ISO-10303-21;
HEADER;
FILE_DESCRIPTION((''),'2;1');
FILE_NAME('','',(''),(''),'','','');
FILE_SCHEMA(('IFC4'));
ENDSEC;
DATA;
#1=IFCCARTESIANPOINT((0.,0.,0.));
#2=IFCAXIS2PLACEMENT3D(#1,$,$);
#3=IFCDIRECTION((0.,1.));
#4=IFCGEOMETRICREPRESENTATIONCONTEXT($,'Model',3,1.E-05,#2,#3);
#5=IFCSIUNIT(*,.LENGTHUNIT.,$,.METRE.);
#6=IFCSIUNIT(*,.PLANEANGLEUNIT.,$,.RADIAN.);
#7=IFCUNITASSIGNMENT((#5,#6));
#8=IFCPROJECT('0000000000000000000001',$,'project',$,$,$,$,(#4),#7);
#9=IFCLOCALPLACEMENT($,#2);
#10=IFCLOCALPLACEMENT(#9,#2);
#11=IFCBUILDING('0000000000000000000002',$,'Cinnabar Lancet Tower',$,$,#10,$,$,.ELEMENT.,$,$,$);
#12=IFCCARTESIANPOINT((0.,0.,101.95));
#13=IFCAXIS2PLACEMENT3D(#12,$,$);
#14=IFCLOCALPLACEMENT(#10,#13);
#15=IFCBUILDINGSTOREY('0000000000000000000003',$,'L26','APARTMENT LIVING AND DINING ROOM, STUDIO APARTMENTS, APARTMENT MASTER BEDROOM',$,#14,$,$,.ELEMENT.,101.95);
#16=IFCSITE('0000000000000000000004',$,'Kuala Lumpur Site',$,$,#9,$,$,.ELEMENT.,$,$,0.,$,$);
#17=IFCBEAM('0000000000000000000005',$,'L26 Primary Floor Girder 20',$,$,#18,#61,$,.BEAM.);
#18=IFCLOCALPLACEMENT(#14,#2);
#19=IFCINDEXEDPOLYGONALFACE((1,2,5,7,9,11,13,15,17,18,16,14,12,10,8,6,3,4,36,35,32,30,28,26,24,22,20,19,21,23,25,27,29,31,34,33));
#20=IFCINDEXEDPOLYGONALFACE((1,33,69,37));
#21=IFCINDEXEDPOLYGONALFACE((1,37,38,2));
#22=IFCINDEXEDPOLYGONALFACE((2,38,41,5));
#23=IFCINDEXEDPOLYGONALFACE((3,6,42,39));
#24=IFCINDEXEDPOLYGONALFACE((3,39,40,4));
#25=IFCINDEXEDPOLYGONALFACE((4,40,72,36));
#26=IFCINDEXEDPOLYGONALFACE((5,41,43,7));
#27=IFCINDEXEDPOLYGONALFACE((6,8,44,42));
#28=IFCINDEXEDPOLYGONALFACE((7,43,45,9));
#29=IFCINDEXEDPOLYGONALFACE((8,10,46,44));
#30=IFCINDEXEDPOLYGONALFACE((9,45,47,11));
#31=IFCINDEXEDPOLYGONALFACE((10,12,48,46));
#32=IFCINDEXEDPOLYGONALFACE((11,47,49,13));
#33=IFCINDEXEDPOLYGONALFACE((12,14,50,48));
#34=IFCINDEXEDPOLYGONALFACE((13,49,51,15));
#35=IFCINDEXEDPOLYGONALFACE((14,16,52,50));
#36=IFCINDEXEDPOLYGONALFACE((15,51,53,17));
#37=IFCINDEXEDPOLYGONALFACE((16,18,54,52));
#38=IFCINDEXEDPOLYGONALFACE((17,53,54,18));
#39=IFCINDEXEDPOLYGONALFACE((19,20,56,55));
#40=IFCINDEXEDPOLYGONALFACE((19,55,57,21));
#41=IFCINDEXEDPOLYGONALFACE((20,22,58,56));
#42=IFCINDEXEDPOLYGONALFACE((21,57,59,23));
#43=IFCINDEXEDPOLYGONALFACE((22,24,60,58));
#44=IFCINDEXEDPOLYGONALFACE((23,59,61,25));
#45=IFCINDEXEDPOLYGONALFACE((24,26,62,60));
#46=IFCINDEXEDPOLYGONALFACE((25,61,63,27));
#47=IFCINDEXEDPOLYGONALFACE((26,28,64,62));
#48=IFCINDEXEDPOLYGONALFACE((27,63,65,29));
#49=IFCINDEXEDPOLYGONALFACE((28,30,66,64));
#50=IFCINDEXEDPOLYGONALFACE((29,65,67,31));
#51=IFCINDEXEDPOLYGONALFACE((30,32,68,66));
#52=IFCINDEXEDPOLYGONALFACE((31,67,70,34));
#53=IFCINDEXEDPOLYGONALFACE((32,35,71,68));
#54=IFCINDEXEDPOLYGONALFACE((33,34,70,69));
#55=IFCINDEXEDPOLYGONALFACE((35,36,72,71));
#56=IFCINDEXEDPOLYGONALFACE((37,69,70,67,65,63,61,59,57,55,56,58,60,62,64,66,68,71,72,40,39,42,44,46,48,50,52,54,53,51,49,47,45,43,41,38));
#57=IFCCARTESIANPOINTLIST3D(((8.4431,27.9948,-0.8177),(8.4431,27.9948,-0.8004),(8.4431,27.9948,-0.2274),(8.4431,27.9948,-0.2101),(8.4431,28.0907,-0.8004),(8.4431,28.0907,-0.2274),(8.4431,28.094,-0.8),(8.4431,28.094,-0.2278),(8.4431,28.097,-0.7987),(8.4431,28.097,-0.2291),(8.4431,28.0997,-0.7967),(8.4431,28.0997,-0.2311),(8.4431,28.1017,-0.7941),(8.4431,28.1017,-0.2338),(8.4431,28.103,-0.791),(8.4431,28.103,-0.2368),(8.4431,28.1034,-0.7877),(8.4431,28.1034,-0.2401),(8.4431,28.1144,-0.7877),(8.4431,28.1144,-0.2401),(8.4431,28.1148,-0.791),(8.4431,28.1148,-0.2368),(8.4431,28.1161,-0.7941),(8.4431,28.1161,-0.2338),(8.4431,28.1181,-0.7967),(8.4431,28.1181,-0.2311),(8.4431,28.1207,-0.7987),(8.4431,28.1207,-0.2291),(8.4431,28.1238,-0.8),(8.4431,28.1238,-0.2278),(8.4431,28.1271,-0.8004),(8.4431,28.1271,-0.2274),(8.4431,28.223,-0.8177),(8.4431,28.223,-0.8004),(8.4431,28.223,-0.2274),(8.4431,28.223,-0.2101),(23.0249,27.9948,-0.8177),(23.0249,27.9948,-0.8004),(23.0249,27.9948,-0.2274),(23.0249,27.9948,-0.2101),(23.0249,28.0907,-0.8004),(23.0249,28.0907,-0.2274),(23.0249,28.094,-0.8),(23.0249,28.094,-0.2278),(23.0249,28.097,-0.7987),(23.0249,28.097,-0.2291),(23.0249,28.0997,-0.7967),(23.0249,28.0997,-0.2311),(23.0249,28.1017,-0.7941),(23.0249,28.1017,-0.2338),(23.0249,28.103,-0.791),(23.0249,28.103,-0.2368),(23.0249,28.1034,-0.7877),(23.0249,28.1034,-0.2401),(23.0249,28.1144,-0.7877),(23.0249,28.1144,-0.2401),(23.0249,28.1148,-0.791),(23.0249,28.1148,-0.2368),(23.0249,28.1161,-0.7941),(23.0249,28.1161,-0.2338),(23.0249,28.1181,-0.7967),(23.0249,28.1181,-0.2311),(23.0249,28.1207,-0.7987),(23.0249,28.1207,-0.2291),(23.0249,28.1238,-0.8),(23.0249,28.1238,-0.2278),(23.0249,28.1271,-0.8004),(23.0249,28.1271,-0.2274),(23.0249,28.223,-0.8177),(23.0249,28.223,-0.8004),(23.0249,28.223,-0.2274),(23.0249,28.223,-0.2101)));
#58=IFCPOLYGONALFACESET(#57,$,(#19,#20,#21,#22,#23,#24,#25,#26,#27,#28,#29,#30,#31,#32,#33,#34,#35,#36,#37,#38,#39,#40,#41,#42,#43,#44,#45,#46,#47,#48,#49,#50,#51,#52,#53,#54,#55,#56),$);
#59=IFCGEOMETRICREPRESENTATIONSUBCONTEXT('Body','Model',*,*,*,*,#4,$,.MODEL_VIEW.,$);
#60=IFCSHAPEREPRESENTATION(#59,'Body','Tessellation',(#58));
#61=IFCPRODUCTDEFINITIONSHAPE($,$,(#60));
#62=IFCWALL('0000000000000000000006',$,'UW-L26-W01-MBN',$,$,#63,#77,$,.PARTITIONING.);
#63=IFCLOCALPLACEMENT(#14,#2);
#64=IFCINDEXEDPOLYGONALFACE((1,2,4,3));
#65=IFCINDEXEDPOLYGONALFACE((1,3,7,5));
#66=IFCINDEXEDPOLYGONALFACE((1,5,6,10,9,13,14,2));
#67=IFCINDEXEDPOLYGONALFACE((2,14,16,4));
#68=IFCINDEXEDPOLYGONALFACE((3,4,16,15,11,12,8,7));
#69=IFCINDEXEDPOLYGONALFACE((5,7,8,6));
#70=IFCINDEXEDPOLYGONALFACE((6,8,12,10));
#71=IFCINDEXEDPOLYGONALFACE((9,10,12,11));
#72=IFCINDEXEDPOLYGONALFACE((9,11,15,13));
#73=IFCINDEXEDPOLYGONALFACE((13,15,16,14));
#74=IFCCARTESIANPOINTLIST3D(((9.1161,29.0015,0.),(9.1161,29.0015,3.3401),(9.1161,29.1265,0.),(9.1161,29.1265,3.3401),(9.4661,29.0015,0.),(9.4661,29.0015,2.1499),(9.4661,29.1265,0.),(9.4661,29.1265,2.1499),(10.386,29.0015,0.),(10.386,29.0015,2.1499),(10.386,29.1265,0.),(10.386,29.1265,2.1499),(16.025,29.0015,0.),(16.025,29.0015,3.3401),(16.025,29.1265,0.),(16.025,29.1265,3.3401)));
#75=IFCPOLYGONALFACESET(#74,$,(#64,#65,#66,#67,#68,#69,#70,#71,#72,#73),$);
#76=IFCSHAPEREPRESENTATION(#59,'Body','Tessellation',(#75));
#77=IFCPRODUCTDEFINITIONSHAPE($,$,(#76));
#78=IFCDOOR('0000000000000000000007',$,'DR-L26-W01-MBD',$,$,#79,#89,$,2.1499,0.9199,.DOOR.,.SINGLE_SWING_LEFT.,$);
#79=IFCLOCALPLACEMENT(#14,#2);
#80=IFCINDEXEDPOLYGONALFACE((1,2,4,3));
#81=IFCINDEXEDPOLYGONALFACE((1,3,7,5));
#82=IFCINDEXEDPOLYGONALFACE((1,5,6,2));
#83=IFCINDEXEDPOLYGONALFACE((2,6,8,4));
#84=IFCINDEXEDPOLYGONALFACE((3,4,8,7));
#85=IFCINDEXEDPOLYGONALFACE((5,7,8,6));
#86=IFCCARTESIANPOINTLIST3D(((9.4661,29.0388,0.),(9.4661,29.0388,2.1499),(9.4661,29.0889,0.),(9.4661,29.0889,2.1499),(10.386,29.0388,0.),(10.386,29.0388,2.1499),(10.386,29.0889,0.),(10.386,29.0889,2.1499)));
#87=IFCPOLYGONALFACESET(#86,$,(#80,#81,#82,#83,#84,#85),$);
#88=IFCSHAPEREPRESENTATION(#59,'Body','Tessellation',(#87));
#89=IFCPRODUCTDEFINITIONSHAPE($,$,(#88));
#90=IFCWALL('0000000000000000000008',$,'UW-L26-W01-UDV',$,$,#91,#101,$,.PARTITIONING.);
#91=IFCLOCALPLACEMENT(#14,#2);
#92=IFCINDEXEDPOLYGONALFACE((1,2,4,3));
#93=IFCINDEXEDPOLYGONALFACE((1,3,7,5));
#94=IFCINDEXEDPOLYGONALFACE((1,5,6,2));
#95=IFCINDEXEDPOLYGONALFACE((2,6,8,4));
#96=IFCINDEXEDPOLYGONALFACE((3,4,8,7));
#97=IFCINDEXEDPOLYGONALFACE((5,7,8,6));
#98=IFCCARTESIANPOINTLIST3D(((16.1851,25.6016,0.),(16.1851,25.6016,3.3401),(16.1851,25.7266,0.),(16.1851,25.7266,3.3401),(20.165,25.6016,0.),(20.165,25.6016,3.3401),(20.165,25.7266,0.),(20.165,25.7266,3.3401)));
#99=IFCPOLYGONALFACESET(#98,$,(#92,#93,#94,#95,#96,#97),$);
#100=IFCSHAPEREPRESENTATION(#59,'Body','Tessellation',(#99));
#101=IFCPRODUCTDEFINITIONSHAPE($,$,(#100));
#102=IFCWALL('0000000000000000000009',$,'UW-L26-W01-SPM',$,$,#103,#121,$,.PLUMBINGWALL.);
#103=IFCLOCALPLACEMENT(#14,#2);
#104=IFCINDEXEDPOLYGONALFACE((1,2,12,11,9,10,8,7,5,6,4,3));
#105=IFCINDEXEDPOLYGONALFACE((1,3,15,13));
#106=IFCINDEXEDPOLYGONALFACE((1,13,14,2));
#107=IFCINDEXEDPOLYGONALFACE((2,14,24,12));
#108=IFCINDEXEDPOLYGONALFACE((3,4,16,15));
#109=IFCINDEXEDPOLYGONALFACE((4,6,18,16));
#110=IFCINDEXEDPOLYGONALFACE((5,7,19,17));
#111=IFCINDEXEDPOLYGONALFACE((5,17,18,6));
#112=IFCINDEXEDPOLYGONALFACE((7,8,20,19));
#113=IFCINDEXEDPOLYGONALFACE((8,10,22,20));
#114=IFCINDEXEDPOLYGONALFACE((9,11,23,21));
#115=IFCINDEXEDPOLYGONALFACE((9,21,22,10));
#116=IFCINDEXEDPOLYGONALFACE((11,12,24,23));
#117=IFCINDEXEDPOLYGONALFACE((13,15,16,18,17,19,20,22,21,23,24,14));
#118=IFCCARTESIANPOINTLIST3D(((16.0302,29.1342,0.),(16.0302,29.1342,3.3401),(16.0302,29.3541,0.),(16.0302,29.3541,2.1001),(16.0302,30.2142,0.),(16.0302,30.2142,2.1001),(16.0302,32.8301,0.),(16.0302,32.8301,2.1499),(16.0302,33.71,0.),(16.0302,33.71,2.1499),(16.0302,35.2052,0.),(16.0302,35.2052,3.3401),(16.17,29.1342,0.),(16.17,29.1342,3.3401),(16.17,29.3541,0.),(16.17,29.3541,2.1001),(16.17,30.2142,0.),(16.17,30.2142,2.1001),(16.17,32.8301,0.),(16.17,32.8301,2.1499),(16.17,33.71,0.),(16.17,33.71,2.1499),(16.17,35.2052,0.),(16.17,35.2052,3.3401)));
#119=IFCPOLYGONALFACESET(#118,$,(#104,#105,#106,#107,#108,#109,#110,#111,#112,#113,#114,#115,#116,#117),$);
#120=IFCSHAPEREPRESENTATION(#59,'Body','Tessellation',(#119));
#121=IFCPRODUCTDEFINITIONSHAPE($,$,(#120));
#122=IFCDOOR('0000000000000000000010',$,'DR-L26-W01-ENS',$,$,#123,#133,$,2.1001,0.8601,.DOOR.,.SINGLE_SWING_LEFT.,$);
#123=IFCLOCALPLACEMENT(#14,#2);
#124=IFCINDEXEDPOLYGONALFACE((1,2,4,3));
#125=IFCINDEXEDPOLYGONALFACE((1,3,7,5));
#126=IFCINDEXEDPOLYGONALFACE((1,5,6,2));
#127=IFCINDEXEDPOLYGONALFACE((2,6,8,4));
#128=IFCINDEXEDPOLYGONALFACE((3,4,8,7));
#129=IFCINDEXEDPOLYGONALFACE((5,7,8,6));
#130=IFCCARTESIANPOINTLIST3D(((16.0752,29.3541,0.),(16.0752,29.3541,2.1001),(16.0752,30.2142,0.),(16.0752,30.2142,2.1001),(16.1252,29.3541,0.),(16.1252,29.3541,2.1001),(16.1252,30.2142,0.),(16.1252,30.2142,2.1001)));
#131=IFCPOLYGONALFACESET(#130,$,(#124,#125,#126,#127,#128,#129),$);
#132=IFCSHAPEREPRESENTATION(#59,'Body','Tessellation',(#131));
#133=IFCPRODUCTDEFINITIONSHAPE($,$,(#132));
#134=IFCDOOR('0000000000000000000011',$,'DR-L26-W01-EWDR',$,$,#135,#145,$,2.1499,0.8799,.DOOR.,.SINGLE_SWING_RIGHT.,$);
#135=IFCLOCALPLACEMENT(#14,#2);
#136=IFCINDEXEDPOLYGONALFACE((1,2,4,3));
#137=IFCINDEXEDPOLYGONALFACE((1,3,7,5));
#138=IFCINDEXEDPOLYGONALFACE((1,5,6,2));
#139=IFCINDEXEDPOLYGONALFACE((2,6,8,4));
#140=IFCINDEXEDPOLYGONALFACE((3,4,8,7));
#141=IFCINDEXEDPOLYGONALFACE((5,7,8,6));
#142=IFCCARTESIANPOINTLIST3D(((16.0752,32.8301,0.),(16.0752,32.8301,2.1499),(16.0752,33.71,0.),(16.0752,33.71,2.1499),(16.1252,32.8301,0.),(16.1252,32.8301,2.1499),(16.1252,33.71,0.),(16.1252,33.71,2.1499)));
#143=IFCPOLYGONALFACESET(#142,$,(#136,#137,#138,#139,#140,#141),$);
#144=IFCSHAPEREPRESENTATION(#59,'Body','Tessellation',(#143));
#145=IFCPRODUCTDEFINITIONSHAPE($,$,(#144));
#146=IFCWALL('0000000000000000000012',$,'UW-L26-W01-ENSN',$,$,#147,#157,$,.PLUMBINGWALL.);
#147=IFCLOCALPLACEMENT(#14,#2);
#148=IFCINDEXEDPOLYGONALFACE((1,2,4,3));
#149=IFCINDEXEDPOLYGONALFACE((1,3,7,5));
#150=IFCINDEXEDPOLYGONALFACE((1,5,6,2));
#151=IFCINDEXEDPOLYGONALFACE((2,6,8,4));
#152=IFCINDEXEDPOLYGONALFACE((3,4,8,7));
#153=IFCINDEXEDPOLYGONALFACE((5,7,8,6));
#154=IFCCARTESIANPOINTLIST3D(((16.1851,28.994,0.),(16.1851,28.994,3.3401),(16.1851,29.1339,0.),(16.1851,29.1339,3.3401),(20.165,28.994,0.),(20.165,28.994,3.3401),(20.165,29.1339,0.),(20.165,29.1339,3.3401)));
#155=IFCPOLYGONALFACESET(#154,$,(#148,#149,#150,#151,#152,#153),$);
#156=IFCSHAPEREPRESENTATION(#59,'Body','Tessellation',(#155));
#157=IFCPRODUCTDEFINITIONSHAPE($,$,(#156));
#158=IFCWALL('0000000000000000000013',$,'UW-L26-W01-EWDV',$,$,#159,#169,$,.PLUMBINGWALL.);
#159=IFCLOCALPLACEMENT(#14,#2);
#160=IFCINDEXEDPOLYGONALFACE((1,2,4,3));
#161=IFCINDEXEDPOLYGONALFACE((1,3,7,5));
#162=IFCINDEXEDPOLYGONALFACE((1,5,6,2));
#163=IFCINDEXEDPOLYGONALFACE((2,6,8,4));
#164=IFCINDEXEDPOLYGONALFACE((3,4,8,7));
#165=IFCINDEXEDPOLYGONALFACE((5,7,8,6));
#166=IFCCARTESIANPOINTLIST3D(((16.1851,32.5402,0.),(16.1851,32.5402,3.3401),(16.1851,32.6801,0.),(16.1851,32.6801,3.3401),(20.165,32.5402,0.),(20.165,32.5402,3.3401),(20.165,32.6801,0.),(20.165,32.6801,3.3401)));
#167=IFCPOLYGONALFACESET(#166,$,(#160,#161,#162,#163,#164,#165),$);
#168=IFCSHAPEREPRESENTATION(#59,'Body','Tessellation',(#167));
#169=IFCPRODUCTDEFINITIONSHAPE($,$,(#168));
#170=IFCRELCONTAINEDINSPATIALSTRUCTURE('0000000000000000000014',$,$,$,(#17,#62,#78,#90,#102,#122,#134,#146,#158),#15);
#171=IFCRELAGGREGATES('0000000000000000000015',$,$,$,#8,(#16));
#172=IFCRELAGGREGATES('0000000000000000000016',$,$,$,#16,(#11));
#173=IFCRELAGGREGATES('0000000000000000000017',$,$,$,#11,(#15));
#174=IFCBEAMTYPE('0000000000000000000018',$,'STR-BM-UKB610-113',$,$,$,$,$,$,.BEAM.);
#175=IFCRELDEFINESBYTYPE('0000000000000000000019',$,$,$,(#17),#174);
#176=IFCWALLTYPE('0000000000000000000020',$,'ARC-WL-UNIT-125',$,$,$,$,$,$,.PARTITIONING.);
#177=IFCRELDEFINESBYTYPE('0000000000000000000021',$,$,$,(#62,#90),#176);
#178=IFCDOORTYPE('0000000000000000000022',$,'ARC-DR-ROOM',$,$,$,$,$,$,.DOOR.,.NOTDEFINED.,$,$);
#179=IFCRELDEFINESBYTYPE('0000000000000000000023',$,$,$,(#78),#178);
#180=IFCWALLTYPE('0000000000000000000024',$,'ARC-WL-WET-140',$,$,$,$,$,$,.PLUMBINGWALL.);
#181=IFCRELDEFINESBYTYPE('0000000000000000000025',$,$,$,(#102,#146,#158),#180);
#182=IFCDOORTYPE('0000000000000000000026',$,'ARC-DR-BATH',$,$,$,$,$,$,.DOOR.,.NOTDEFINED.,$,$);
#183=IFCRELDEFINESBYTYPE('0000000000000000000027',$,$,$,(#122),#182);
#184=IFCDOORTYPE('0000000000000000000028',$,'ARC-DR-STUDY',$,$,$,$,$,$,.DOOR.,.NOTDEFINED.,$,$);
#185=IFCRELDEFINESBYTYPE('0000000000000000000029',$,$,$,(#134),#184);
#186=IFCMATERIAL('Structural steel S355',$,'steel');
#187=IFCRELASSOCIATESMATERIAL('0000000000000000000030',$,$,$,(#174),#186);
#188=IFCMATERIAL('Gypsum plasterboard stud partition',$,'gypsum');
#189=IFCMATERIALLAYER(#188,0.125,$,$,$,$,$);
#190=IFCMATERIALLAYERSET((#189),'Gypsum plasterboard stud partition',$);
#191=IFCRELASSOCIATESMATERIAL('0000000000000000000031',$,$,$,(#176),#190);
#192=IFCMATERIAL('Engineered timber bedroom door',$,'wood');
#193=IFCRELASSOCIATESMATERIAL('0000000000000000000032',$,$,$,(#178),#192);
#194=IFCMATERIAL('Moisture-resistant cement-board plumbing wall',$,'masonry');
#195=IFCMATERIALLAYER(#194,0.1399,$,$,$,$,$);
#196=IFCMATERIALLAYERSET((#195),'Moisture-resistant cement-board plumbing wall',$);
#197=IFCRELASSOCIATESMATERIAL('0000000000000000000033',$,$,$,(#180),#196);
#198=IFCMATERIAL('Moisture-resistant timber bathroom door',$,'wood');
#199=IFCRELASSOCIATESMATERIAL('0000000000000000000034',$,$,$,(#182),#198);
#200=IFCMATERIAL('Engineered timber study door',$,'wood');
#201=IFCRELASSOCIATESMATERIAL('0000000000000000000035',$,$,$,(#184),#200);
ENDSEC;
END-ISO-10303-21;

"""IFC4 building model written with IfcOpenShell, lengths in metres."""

from ifc_helpers import new_model, si_unit, direction, frame, frame_2d, origin, origin_2d, place, context, subcontext, project, spatial, rectangle, i_section, extrude, material, layer, layer_set, material_profile, profile_set, type_object, element, fill, save


model = new_model("IFC4")

# Units and contexts
model_context = context("Model", 3, precision=1e-05, world=origin(), true_north=direction((0.0, 1.0)))
body_context = subcontext(model_context, "Body", "Model", "MODEL_VIEW")
ifc_project = project(units=[si_unit("LENGTHUNIT", "METRE"), si_unit("PLANEANGLEUNIT", "RADIAN")], contexts=[model_context])

# Site, building, storey
site_placement = place(None, origin())
site = spatial("IfcSite", under=ifc_project, at=site_placement, Name="Kuala Lumpur Site", CompositionType="ELEMENT", RefElevation=0.0)
building_placement = place(site_placement, origin())
building = spatial("IfcBuilding", under=site, at=building_placement, Name="Cinnabar Lancet Tower", CompositionType="ELEMENT")
storey_placement = place(building_placement, frame((0.0, 0.0, 101.95)))
storey = spatial("IfcBuildingStorey", under=building, at=storey_placement, Name="L26", Description="APARTMENT LIVING AND DINING ROOM, STUDIO APARTMENTS, APARTMENT MASTER BEDROOM", CompositionType="ELEMENT", Elevation=101.95)

# Beam
ifc_material_1 = material(Name="Structural steel S355", Category="steel")
ifc_material_profile_1 = material_profile(ifc_material_1, i_section(OverallWidth=0.2283, OverallDepth=0.6077, WebThickness=0.011, FlangeThickness=0.0173, FilletRadius=0.0127, at=origin_2d()), Name="UKB 610x229x113")
ifc_profile_set_1 = profile_set([ifc_material_profile_1], Name="Structural steel S355")
beam_type_1 = type_object("IfcBeamType", Name="STR-BM-UKB610-113", PredefinedType="BEAM", material=ifc_profile_set_1)
beam_1_placement = place(storey_placement, frame((8.4431, 28.1089, -0.5139), z_axis=(1.0, 0.0, 0.0), x_axis=(0.0, 1.0, 0.0)))
element("IfcBeam", 1, at=beam_1_placement, inside=storey, type_object=beam_type_1, Name="L26 Primary Floor Girder 20", PredefinedType="BEAM", context=body_context, shape_type="SweptSolid", body=[
    extrude(i_section(OverallWidth=0.2283, OverallDepth=0.6077, WebThickness=0.011, FlangeThickness=0.0173, FilletRadius=0.0127, at=origin_2d()), origin(), (0.0, 0.0, 1.0), 14.5818),
])

# Wall, opening, door
ifc_material_2 = material(Name="Gypsum plasterboard stud partition", Category="gypsum")
ifc_layer_1 = layer(ifc_material_2, 0.125)
ifc_layer_set_1 = layer_set([ifc_layer_1], Name="Gypsum plasterboard stud partition")
wall_type_1 = type_object("IfcWallType", Name="ARC-WL-UNIT-125", PredefinedType="PARTITIONING", material=ifc_layer_set_1)
wall_1_placement = place(storey_placement, frame((9.116, 29.064, 0.0), z_axis=(0.0, 0.0, 1.0), x_axis=(1.0, 0.0, 0.0)))
wall_1 = element("IfcWall", 2, at=wall_1_placement, inside=storey, type_object=wall_type_1, Name="UW-L26-W01-MBN", PredefinedType="PARTITIONING", context=body_context, shape_type="SweptSolid", body=[
    extrude(rectangle(XDim=6.9089, YDim=0.125, at=frame_2d((3.4546, 0.0))), origin(), (0.0, 0.0, 1.0), 3.3401),
])
opening_1_placement = place(wall_1_placement, frame((0.3501, 0.0, 0.0)))
opening_1 = element("IfcOpeningElement", 3, at=opening_1_placement, cuts=wall_1, PredefinedType="OPENING", context=body_context, shape_type="SweptSolid", body=[
    extrude(rectangle(XDim=0.9199, YDim=2.1499, at=frame_2d((0.46, 1.075))), frame((0.0, 0.0725, 0.0), z_axis=(0.0, -1.0, 0.0), x_axis=(1.0, 0.0, 0.0)), (0.0, 0.0, 1.0), 0.145),
])
ifc_material_3 = material(Name="Engineered timber bedroom door", Category="wood")
door_type_1 = type_object("IfcDoorType", Name="ARC-DR-ROOM", OperationType="NOTDEFINED", PredefinedType="DOOR", material=ifc_material_3)
door_1_placement = place(opening_1_placement, origin())
door_1 = element("IfcDoor", 4, at=door_1_placement, inside=storey, type_object=door_type_1, Name="DR-L26-W01-MBD", OperationType="SINGLE_SWING_LEFT", OverallHeight=2.1499, OverallWidth=0.9199, PredefinedType="DOOR", context=body_context, shape_type="SweptSolid", body=[
    extrude(rectangle(XDim=0.9199, YDim=2.1499, at=frame_2d((0.46, 1.075))), frame((0.0, 0.0249, 0.0), z_axis=(0.0, -1.0, 0.0), x_axis=(1.0, 0.0, 0.0)), (0.0, 0.0, 1.0), 0.05),
])
fill(opening_1, door_1)

# Wall
wall_2_placement = place(storey_placement, frame((16.1851, 25.6641, 0.0), z_axis=(0.0, 0.0, 1.0), x_axis=(1.0, 0.0, 0.0)))
element("IfcWall", 5, at=wall_2_placement, inside=storey, type_object=wall_type_1, Name="UW-L26-W01-UDV", PredefinedType="PARTITIONING", context=body_context, shape_type="SweptSolid", body=[
    extrude(rectangle(XDim=3.98, YDim=0.125, at=frame_2d((1.99, 0.0))), origin(), (0.0, 0.0, 1.0), 3.3401),
])

# Wall, openings, doors
ifc_material_4 = material(Name="Moisture-resistant cement-board plumbing wall", Category="masonry")
ifc_layer_2 = layer(ifc_material_4, 0.1399)
ifc_layer_set_2 = layer_set([ifc_layer_2], Name="Moisture-resistant cement-board plumbing wall")
wall_type_2 = type_object("IfcWallType", Name="ARC-WL-WET-140", PredefinedType="PLUMBINGWALL", material=ifc_layer_set_2)
wall_3_placement = place(storey_placement, frame((16.1001, 29.134, 0.0), z_axis=(0.0, 0.0, 1.0), x_axis=(0.0, 1.0, 0.0)))
wall_3 = element("IfcWall", 6, at=wall_3_placement, inside=storey, type_object=wall_type_2, Name="UW-L26-W01-SPM", PredefinedType="PLUMBINGWALL", context=body_context, shape_type="SweptSolid", body=[
    extrude(rectangle(XDim=6.071, YDim=0.1399, at=frame_2d((3.0356, 0.0))), origin(), (0.0, 0.0, 1.0), 3.3401),
])
opening_2_placement = place(wall_3_placement, frame((0.22, 0.0, 0.0)))
opening_2 = element("IfcOpeningElement", 7, at=opening_2_placement, cuts=wall_3, PredefinedType="OPENING", context=body_context, shape_type="SweptSolid", body=[
    extrude(rectangle(XDim=0.8601, YDim=2.1001, at=frame_2d((0.4302, 1.05))), frame((0.0, 0.0798, 0.0), z_axis=(0.0, -1.0, 0.0), x_axis=(1.0, 0.0, 0.0)), (0.0, 0.0, 1.0), 0.1599),
])
opening_3_placement = place(wall_3_placement, frame((3.696, 0.0, 0.0)))
opening_3 = element("IfcOpeningElement", 8, at=opening_3_placement, cuts=wall_3, PredefinedType="OPENING", context=body_context, shape_type="SweptSolid", body=[
    extrude(rectangle(XDim=0.8799, YDim=2.1499, at=frame_2d((0.4399, 1.075))), frame((0.0, 0.0798, 0.0), z_axis=(0.0, -1.0, 0.0), x_axis=(1.0, 0.0, 0.0)), (0.0, 0.0, 1.0), 0.1599),
])
ifc_material_5 = material(Name="Moisture-resistant timber bathroom door", Category="wood")
door_type_2 = type_object("IfcDoorType", Name="ARC-DR-BATH", OperationType="NOTDEFINED", PredefinedType="DOOR", material=ifc_material_5)
door_2_placement = place(opening_2_placement, origin())
door_2 = element("IfcDoor", 9, at=door_2_placement, inside=storey, type_object=door_type_2, Name="DR-L26-W01-ENS", OperationType="SINGLE_SWING_LEFT", OverallHeight=2.1001, OverallWidth=0.8601, PredefinedType="DOOR", context=body_context, shape_type="SweptSolid", body=[
    extrude(rectangle(XDim=0.8601, YDim=2.1001, at=frame_2d((0.4302, 1.05))), frame((0.0, 0.0249, 0.0), z_axis=(0.0, -1.0, 0.0), x_axis=(1.0, 0.0, 0.0)), (0.0, 0.0, 1.0), 0.05),
])
fill(opening_2, door_2)
ifc_material_6 = material(Name="Engineered timber study door", Category="wood")
door_type_3 = type_object("IfcDoorType", Name="ARC-DR-STUDY", OperationType="NOTDEFINED", PredefinedType="DOOR", material=ifc_material_6)
door_3_placement = place(opening_3_placement, origin())
door_3 = element("IfcDoor", 10, at=door_3_placement, inside=storey, type_object=door_type_3, Name="DR-L26-W01-EWDR", OperationType="SINGLE_SWING_RIGHT", OverallHeight=2.1499, OverallWidth=0.8799, PredefinedType="DOOR", context=body_context, shape_type="SweptSolid", body=[
    extrude(rectangle(XDim=0.8799, YDim=2.1499, at=frame_2d((0.4399, 1.075))), frame((0.0, 0.0249, 0.0), z_axis=(0.0, -1.0, 0.0), x_axis=(1.0, 0.0, 0.0)), (0.0, 0.0, 1.0), 0.05),
])
fill(opening_3, door_3)

# Walls
for number, where, z_axis, x_axis, name in (
    (11, (16.1851, 29.064, 0.0), (0.0, 0.0, 1.0), (1.0, 0.0, 0.0), "UW-L26-W01-ENSN"),
    (12, (16.1851, 32.6101, 0.0), (0.0, 0.0, 1.0), (1.0, 0.0, 0.0), "UW-L26-W01-EWDV"),
):
    element("IfcWall", number, at=place(storey_placement, frame(where, z_axis=z_axis, x_axis=x_axis)), inside=storey, type_object=wall_type_2, Name=name, PredefinedType="PLUMBINGWALL", context=body_context, shape_type="SweptSolid", body=[
        extrude(rectangle(XDim=3.98, YDim=0.1399, at=frame_2d((1.99, 0.0))), origin(), (0.0, 0.0, 1.0), 3.3401),
    ])

save(model, "model.ifc")
